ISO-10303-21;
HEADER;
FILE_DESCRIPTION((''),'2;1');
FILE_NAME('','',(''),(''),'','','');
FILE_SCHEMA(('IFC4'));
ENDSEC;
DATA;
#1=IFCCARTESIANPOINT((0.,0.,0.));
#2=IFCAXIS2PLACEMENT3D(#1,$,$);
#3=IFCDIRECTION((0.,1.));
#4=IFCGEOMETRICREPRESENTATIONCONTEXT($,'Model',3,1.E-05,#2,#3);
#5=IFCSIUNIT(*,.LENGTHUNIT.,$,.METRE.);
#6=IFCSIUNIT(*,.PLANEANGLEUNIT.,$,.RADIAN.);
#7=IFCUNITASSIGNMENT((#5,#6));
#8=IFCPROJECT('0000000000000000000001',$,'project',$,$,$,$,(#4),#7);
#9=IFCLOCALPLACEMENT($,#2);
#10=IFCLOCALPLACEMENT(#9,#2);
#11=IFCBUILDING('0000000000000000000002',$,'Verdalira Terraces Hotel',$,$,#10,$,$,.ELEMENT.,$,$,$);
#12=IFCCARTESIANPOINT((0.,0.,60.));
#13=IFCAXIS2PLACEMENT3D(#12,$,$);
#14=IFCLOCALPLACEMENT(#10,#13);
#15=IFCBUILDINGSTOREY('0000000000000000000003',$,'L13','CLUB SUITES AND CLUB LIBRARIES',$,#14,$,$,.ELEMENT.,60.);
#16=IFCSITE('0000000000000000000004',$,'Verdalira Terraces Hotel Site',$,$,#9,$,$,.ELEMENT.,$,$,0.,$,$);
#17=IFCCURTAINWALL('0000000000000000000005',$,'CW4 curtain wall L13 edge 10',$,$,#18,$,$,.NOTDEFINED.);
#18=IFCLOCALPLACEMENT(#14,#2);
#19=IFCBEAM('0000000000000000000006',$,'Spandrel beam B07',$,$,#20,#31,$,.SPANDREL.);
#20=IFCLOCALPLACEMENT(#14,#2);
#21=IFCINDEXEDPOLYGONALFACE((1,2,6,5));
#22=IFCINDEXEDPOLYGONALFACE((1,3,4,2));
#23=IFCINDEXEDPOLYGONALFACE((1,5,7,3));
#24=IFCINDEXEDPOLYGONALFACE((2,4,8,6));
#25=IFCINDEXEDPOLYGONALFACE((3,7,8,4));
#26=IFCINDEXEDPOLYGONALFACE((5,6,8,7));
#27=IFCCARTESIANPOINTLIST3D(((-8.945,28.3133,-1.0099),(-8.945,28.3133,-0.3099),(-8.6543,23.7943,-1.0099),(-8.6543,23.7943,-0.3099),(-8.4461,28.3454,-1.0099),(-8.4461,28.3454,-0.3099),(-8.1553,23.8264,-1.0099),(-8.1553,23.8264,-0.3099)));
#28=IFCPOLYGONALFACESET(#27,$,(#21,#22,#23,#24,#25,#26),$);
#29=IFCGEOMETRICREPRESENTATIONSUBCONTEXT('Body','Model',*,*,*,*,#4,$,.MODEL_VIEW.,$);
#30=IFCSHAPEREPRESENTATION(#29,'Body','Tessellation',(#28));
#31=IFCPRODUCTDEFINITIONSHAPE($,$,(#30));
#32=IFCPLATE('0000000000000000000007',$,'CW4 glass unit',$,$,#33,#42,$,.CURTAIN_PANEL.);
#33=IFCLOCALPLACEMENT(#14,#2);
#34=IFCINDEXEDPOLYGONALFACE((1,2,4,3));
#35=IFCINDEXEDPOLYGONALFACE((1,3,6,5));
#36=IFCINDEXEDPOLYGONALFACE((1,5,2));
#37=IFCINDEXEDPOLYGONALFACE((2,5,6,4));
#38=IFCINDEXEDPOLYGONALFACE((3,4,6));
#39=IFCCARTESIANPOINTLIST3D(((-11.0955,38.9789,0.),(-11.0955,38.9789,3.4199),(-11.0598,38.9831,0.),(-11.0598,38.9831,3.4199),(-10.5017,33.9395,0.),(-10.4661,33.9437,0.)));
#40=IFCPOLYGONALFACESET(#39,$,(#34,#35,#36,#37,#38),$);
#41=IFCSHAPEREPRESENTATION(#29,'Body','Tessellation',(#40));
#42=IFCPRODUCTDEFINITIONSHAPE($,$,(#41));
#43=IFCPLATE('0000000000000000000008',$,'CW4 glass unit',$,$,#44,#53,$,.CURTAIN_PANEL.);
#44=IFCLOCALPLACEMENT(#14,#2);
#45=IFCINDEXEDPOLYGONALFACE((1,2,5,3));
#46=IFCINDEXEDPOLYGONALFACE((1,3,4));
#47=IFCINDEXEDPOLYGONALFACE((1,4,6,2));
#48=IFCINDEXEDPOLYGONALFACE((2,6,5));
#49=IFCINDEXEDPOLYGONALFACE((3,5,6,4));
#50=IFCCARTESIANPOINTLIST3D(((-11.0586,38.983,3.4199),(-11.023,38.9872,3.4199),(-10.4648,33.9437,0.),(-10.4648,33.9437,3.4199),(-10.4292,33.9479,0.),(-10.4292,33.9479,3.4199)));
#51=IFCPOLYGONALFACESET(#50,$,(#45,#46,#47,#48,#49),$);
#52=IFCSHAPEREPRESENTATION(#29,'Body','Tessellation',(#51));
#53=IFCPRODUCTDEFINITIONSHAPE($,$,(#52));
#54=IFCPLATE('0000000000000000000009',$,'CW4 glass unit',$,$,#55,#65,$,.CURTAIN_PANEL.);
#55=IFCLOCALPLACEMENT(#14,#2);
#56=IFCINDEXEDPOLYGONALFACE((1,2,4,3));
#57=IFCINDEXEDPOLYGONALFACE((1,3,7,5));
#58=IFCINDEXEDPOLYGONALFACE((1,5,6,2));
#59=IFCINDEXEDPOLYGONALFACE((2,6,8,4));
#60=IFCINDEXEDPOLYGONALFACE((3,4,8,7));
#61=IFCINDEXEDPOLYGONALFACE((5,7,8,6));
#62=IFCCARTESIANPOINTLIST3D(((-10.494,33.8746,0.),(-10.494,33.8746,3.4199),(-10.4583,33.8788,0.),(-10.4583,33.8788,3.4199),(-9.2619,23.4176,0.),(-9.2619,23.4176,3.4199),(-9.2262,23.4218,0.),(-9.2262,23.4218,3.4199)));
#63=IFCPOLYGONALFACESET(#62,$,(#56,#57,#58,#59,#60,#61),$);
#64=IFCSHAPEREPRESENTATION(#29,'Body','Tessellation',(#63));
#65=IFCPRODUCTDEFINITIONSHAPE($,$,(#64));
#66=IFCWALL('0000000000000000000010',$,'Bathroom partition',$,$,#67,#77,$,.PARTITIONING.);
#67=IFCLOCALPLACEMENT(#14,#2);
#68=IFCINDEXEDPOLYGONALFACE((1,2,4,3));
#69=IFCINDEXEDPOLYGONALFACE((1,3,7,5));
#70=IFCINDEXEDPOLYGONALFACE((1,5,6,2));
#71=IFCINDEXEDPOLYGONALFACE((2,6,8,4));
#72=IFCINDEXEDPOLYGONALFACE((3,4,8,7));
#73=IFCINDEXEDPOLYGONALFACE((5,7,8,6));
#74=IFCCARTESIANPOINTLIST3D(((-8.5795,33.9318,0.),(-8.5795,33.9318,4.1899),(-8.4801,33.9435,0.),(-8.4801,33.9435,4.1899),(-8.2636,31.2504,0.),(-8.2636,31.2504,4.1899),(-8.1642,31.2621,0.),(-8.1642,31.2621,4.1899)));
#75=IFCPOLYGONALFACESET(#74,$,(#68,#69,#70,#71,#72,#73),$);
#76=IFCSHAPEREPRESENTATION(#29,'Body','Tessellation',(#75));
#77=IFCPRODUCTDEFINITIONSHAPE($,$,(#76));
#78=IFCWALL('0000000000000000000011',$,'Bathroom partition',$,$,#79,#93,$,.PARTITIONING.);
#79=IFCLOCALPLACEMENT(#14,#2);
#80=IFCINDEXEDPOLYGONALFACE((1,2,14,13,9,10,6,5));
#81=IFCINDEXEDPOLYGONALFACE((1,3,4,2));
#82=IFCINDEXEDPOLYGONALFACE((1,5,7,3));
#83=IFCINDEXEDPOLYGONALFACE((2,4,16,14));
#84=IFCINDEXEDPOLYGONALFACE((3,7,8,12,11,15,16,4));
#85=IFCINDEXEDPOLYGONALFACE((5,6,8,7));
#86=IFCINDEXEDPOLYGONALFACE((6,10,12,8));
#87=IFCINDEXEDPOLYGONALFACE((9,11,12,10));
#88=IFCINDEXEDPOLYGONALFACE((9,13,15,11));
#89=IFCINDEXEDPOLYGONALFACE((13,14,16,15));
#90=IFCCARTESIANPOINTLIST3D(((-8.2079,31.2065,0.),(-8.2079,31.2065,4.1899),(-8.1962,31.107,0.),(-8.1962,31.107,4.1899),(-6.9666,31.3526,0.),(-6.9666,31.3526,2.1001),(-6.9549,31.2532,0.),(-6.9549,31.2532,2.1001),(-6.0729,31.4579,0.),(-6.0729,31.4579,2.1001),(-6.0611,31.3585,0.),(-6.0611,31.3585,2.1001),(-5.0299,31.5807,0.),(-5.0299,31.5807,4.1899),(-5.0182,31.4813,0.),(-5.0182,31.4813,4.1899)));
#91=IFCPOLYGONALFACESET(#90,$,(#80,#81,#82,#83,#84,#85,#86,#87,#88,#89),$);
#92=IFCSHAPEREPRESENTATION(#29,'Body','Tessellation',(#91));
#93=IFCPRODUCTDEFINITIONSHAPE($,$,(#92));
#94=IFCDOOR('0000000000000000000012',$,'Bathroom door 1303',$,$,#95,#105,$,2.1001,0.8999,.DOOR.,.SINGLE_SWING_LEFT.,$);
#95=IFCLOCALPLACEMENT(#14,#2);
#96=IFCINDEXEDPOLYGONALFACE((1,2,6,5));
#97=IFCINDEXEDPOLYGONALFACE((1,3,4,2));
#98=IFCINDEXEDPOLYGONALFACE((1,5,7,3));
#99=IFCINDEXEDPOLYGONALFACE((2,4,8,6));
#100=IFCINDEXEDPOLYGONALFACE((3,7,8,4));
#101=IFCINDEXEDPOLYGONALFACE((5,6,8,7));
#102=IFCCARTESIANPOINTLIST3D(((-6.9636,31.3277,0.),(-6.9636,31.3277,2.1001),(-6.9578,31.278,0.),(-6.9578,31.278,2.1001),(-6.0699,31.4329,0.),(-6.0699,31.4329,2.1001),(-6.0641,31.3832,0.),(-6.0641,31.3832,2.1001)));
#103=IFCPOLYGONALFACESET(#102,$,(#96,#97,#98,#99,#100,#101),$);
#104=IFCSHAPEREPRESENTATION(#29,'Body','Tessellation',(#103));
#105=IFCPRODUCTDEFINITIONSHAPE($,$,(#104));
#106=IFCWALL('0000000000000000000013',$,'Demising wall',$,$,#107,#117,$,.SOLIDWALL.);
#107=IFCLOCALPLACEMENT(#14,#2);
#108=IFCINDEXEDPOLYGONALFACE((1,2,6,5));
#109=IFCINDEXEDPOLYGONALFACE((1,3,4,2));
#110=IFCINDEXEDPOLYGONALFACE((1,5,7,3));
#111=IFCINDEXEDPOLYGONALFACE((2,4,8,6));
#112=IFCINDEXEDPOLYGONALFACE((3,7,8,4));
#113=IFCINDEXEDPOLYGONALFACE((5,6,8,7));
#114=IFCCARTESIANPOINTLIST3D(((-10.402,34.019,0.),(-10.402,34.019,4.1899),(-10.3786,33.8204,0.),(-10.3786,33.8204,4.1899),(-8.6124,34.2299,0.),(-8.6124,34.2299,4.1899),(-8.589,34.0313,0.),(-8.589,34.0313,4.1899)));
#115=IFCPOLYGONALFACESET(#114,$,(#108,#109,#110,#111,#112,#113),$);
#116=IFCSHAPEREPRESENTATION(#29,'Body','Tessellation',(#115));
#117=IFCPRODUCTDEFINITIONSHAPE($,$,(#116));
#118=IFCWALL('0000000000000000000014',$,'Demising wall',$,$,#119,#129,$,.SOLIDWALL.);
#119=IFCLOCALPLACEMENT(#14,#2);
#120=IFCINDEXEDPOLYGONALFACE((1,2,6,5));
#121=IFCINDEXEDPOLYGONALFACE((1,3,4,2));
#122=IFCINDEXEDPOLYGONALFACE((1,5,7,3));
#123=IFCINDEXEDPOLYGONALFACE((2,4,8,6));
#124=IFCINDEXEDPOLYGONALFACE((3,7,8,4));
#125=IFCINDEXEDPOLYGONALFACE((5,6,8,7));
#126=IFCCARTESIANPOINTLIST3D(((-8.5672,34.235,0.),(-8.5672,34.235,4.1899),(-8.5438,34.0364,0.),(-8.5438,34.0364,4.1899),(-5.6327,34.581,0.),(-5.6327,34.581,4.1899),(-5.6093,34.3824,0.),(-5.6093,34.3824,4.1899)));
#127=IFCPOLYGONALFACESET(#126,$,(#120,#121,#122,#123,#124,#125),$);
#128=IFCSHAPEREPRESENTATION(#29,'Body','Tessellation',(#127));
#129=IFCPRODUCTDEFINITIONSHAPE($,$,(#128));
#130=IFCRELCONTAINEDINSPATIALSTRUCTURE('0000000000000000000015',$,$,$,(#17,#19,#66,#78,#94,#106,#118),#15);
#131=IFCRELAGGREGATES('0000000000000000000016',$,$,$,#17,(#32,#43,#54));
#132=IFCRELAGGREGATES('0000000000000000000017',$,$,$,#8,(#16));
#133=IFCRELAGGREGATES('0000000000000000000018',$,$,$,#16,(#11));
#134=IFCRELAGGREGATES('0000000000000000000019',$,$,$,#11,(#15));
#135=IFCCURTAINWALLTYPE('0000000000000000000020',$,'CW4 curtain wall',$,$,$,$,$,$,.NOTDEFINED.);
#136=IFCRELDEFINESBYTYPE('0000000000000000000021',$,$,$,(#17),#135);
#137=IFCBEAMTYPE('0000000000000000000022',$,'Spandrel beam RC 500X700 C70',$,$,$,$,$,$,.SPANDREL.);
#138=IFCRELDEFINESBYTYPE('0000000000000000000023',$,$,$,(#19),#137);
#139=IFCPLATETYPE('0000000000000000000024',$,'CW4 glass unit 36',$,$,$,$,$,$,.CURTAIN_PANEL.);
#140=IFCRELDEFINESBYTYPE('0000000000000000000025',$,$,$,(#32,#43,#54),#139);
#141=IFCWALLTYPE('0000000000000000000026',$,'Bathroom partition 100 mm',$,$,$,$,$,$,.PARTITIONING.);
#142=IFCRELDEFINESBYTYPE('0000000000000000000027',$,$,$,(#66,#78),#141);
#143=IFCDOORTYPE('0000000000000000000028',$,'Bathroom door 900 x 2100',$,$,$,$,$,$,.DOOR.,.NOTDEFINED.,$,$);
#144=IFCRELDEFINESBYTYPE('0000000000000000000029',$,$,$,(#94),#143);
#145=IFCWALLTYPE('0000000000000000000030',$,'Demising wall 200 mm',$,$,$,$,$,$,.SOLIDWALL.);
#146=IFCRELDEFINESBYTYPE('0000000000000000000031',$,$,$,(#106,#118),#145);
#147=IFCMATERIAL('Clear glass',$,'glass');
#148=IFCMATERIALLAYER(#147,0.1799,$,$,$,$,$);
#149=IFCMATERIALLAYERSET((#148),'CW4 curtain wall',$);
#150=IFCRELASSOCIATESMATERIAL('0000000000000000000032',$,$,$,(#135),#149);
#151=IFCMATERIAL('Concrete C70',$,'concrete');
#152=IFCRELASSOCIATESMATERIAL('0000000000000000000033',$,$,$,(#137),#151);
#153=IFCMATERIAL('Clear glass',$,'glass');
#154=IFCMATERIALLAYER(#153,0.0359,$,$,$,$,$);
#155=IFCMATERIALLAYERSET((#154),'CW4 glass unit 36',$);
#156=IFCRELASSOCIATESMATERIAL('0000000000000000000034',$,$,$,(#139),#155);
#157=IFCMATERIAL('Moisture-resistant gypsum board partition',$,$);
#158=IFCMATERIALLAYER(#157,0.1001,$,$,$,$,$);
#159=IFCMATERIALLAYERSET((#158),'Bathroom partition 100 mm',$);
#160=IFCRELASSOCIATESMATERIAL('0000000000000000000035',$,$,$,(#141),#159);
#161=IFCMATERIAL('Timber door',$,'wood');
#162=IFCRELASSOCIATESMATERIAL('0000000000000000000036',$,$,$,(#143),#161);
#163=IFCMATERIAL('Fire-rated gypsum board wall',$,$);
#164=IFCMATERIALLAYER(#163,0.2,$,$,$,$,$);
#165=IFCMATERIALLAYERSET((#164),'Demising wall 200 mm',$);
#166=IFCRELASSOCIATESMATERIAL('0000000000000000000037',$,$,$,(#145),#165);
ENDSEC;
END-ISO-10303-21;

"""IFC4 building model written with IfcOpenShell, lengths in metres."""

from ifc_helpers import new_model, si_unit, direction, frame, frame_2d, origin, origin_2d, place, context, subcontext, project, spatial, polyline, rectangle, outline, extrude, material, layer, layer_set, material_profile, profile_set, type_object, element, fill, aggregate, save


model = new_model("IFC4")

# Units and contexts
model_context = context("Model", 3, precision=1e-05, world=origin(), true_north=direction((0.0, 1.0)))
body_context = subcontext(model_context, "Body", "Model", "MODEL_VIEW")
ifc_project = project(units=[si_unit("LENGTHUNIT", "METRE"), si_unit("PLANEANGLEUNIT", "RADIAN")], contexts=[model_context])

# Site, building, storey
site_placement = place(None, origin())
site = spatial("IfcSite", under=ifc_project, at=site_placement, Name="Verdalira Terraces Hotel Site", CompositionType="ELEMENT", RefElevation=0.0)
building_placement = place(site_placement, origin())
building = spatial("IfcBuilding", under=site, at=building_placement, Name="Verdalira Terraces Hotel", CompositionType="ELEMENT")
storey_placement = place(building_placement, frame((0.0, 0.0, 60.0)))
storey = spatial("IfcBuildingStorey", under=building, at=storey_placement, Name="L13", Description="CLUB SUITES AND CLUB LIBRARIES", CompositionType="ELEMENT", Elevation=60.0)

# Curtain wall
ifc_material_1 = material(Name="Clear glass", Category="glass")
ifc_layer_1 = layer(ifc_material_1, 0.1799)
ifc_layer_set_1 = layer_set([ifc_layer_1], Name="CW4 curtain wall")
curtain_wall_type = type_object("IfcCurtainWallType", Name="CW4 curtain wall", PredefinedType="NOTDEFINED", material=ifc_layer_set_1)
curtain_wall_1_placement = place(storey_placement, origin())
curtain_wall_1 = element("IfcCurtainWall", 1, at=curtain_wall_1_placement, inside=storey, type_object=curtain_wall_type, Name="CW4 curtain wall L13 edge 10", PredefinedType="NOTDEFINED")

# Beam
ifc_material_2 = material(Name="Concrete C70", Category="concrete")
ifc_material_profile_1 = material_profile(ifc_material_2, rectangle(XDim=0.5, YDim=0.7, at=origin_2d()), Name="RC 500X700")
ifc_profile_set_1 = profile_set([ifc_material_profile_1], Name="Concrete C70")
beam_type = type_object("IfcBeamType", Name="Spandrel beam RC 500X700 C70", PredefinedType="SPANDREL", material=ifc_profile_set_1)
beam_1_placement = place(storey_placement, frame((-8.6956, 28.3293, -0.6599), z_axis=(0.064211, -0.997936, 0.0), x_axis=(0.997936, 0.064211, 0.0)))
element("IfcBeam", 2, at=beam_1_placement, inside=storey, type_object=beam_type, Name="Spandrel beam B07", PredefinedType="SPANDREL", context=body_context, shape_type="SweptSolid", body=[
    extrude(rectangle(XDim=0.5, YDim=0.7, at=origin_2d()), origin(), (0.0, 0.0, 1.0), 4.5283),
])

# Plates
ifc_material_3 = material(Name="Clear glass", Category="glass")
ifc_layer_2 = layer(ifc_material_3, 0.0359)
ifc_layer_set_2 = layer_set([ifc_layer_2], Name="CW4 glass unit 36")
plate_type = type_object("IfcPlateType", Name="CW4 glass unit 36", PredefinedType="CURTAIN_PANEL", material=ifc_layer_set_2)
plate_1_placement = place(storey_placement, frame((-10.7629, 36.4634, 1.71), z_axis=(-0.99313, -0.117017, 0.0), x_axis=(0.117017, -0.99313, 0.0)))
plate_1 = element("IfcPlate", 3, at=plate_1_placement, type_object=plate_type, Name="CW4 glass unit", PredefinedType="CURTAIN_PANEL", context=body_context, shape_type="SweptSolid", body=[
    extrude(outline(polyline([(-2.5371, -1.71), (2.5371, -1.71), (-2.5371, 1.71), (-2.5371, -1.71)])), origin(), (0.0, 0.0, 1.0), 0.0359),
])
plate_2_placement = place(storey_placement, frame((-10.7261, 36.4675, 1.71), z_axis=(-0.99313, -0.117017, 0.0), x_axis=(0.117017, -0.99313, 0.0)))
plate_2 = element("IfcPlate", 4, at=plate_2_placement, type_object=plate_type, Name="CW4 glass unit", PredefinedType="CURTAIN_PANEL", context=body_context, shape_type="SweptSolid", body=[
    extrude(outline(polyline([(2.5371, -1.71), (2.5371, 1.71), (-2.5371, 1.71), (2.5371, -1.71)])), origin(), (0.0, 0.0, 1.0), 0.0359),
])
plate_3_placement = place(storey_placement, frame((-9.8601, 28.6482, 0.0), z_axis=(0.0, 0.0, 1.0), x_axis=(0.117017, -0.99313, 0.0)))
plate_3 = element("IfcPlate", 5, at=plate_3_placement, type_object=plate_type, Name="CW4 glass unit", PredefinedType="CURTAIN_PANEL", context=body_context, shape_type="SweptSolid", body=[
    extrude(rectangle(XDim=10.5293, YDim=0.0359, at=origin_2d()), origin(), (0.0, 0.0, 1.0), 3.4199),
])
aggregate(curtain_wall_1, [plate_1, plate_2, plate_3])

# Wall
ifc_material_4 = material(Name="Moisture-resistant gypsum board partition")
ifc_layer_3 = layer(ifc_material_4, 0.1001)
ifc_layer_set_3 = layer_set([ifc_layer_3], Name="Bathroom partition 100 mm")
wall_type_1 = type_object("IfcWallType", Name="Bathroom partition 100 mm", PredefinedType="PARTITIONING", material=ifc_layer_set_3)
wall_1_placement = place(storey_placement, frame((-8.2139, 31.2561, 0.0), z_axis=(0.0, 0.0, 1.0), x_axis=(-0.117009, 0.993131, 0.0)))
element("IfcWall", 6, at=wall_1_placement, inside=storey, type_object=wall_type_1, Name="Bathroom partition", PredefinedType="PARTITIONING", context=body_context, shape_type="SweptSolid", body=[
    extrude(rectangle(XDim=2.7, YDim=0.1001, at=frame_2d((1.3501, 0.0))), origin(), (0.0, 0.0, 1.0), 4.1899),
])

# Wall, opening, door
wall_2_placement = place(storey_placement, frame((-8.2021, 31.1567, 0.0), z_axis=(0.0, 0.0, 1.0), x_axis=(0.993137, 0.116961, 0.0)))
wall_2 = element("IfcWall", 7, at=wall_2_placement, inside=storey, type_object=wall_type_1, Name="Bathroom partition", PredefinedType="PARTITIONING", context=body_context, shape_type="SweptSolid", body=[
    extrude(rectangle(XDim=3.2, YDim=0.1001, at=frame_2d((1.6001, 0.0))), origin(), (0.0, 0.0, 1.0), 4.1899),
])
opening_placement = place(wall_2_placement, frame((1.25, 0.0, 0.0)))
opening = element("IfcOpeningElement", 8, at=opening_placement, cuts=wall_2, PredefinedType="OPENING", context=body_context, shape_type="SweptSolid", body=[
    extrude(rectangle(XDim=0.8999, YDim=2.1001, at=frame_2d((0.45, 1.05))), frame((0.0, 0.0601, 0.0), z_axis=(0.0, -1.0, 0.0), x_axis=(1.0, 0.0, 0.0)), (0.0, 0.0, 1.0), 0.1201),
])
ifc_material_5 = material(Name="Timber door", Category="wood")
door_type = type_object("IfcDoorType", Name="Bathroom door 900 x 2100", OperationType="NOTDEFINED", PredefinedType="DOOR", material=ifc_material_5)
door_placement = place(opening_placement, origin())
door = element("IfcDoor", 9, at=door_placement, inside=storey, type_object=door_type, Name="Bathroom door 1303", OperationType="SINGLE_SWING_LEFT", OverallHeight=2.1001, OverallWidth=0.8999, PredefinedType="DOOR", context=body_context, shape_type="SweptSolid", body=[
    extrude(rectangle(XDim=0.8999, YDim=2.1001, at=frame_2d((0.45, 1.05))), frame((0.0, 0.0249, 0.0), z_axis=(0.0, -1.0, 0.0), x_axis=(1.0, 0.0, 0.0)), (0.0, 0.0, 1.0), 0.05),
])
fill(opening, door)

# Walls
ifc_material_6 = material(Name="Fire-rated gypsum board wall")
ifc_layer_4 = layer(ifc_material_6, 0.2)
ifc_layer_set_4 = layer_set([ifc_layer_4], Name="Demising wall 200 mm")
wall_type_2 = type_object("IfcWallType", Name="Demising wall 200 mm", PredefinedType="SOLIDWALL", material=ifc_layer_set_4)
wall_3_placement = place(storey_placement, frame((-8.6008, 34.1306, 0.0), z_axis=(0.0, 0.0, 1.0), x_axis=(-0.993125, -0.117061, 0.0)))
element("IfcWall", 10, at=wall_3_placement, inside=storey, type_object=wall_type_2, Name="Demising wall", PredefinedType="SOLIDWALL", context=body_context, shape_type="SweptSolid", body=[
    extrude(rectangle(XDim=1.802, YDim=0.2, at=frame_2d((0.9009, 0.0))), origin(), (0.0, 0.0, 1.0), 4.1899),
])
wall_4_placement = place(storey_placement, frame((-5.6208, 34.4817, 0.0), z_axis=(0.0, 0.0, 1.0), x_axis=(-0.993123, -0.117076, 0.0)))
element("IfcWall", 11, at=wall_4_placement, inside=storey, type_object=wall_type_2, Name="Demising wall", PredefinedType="SOLIDWALL", context=body_context, shape_type="SweptSolid", body=[
    extrude(rectangle(XDim=2.9548, YDim=0.2, at=frame_2d((1.4775, 0.0))), origin(), (0.0, 0.0, 1.0), 4.1899),
])

save(model, "model.ifc")
